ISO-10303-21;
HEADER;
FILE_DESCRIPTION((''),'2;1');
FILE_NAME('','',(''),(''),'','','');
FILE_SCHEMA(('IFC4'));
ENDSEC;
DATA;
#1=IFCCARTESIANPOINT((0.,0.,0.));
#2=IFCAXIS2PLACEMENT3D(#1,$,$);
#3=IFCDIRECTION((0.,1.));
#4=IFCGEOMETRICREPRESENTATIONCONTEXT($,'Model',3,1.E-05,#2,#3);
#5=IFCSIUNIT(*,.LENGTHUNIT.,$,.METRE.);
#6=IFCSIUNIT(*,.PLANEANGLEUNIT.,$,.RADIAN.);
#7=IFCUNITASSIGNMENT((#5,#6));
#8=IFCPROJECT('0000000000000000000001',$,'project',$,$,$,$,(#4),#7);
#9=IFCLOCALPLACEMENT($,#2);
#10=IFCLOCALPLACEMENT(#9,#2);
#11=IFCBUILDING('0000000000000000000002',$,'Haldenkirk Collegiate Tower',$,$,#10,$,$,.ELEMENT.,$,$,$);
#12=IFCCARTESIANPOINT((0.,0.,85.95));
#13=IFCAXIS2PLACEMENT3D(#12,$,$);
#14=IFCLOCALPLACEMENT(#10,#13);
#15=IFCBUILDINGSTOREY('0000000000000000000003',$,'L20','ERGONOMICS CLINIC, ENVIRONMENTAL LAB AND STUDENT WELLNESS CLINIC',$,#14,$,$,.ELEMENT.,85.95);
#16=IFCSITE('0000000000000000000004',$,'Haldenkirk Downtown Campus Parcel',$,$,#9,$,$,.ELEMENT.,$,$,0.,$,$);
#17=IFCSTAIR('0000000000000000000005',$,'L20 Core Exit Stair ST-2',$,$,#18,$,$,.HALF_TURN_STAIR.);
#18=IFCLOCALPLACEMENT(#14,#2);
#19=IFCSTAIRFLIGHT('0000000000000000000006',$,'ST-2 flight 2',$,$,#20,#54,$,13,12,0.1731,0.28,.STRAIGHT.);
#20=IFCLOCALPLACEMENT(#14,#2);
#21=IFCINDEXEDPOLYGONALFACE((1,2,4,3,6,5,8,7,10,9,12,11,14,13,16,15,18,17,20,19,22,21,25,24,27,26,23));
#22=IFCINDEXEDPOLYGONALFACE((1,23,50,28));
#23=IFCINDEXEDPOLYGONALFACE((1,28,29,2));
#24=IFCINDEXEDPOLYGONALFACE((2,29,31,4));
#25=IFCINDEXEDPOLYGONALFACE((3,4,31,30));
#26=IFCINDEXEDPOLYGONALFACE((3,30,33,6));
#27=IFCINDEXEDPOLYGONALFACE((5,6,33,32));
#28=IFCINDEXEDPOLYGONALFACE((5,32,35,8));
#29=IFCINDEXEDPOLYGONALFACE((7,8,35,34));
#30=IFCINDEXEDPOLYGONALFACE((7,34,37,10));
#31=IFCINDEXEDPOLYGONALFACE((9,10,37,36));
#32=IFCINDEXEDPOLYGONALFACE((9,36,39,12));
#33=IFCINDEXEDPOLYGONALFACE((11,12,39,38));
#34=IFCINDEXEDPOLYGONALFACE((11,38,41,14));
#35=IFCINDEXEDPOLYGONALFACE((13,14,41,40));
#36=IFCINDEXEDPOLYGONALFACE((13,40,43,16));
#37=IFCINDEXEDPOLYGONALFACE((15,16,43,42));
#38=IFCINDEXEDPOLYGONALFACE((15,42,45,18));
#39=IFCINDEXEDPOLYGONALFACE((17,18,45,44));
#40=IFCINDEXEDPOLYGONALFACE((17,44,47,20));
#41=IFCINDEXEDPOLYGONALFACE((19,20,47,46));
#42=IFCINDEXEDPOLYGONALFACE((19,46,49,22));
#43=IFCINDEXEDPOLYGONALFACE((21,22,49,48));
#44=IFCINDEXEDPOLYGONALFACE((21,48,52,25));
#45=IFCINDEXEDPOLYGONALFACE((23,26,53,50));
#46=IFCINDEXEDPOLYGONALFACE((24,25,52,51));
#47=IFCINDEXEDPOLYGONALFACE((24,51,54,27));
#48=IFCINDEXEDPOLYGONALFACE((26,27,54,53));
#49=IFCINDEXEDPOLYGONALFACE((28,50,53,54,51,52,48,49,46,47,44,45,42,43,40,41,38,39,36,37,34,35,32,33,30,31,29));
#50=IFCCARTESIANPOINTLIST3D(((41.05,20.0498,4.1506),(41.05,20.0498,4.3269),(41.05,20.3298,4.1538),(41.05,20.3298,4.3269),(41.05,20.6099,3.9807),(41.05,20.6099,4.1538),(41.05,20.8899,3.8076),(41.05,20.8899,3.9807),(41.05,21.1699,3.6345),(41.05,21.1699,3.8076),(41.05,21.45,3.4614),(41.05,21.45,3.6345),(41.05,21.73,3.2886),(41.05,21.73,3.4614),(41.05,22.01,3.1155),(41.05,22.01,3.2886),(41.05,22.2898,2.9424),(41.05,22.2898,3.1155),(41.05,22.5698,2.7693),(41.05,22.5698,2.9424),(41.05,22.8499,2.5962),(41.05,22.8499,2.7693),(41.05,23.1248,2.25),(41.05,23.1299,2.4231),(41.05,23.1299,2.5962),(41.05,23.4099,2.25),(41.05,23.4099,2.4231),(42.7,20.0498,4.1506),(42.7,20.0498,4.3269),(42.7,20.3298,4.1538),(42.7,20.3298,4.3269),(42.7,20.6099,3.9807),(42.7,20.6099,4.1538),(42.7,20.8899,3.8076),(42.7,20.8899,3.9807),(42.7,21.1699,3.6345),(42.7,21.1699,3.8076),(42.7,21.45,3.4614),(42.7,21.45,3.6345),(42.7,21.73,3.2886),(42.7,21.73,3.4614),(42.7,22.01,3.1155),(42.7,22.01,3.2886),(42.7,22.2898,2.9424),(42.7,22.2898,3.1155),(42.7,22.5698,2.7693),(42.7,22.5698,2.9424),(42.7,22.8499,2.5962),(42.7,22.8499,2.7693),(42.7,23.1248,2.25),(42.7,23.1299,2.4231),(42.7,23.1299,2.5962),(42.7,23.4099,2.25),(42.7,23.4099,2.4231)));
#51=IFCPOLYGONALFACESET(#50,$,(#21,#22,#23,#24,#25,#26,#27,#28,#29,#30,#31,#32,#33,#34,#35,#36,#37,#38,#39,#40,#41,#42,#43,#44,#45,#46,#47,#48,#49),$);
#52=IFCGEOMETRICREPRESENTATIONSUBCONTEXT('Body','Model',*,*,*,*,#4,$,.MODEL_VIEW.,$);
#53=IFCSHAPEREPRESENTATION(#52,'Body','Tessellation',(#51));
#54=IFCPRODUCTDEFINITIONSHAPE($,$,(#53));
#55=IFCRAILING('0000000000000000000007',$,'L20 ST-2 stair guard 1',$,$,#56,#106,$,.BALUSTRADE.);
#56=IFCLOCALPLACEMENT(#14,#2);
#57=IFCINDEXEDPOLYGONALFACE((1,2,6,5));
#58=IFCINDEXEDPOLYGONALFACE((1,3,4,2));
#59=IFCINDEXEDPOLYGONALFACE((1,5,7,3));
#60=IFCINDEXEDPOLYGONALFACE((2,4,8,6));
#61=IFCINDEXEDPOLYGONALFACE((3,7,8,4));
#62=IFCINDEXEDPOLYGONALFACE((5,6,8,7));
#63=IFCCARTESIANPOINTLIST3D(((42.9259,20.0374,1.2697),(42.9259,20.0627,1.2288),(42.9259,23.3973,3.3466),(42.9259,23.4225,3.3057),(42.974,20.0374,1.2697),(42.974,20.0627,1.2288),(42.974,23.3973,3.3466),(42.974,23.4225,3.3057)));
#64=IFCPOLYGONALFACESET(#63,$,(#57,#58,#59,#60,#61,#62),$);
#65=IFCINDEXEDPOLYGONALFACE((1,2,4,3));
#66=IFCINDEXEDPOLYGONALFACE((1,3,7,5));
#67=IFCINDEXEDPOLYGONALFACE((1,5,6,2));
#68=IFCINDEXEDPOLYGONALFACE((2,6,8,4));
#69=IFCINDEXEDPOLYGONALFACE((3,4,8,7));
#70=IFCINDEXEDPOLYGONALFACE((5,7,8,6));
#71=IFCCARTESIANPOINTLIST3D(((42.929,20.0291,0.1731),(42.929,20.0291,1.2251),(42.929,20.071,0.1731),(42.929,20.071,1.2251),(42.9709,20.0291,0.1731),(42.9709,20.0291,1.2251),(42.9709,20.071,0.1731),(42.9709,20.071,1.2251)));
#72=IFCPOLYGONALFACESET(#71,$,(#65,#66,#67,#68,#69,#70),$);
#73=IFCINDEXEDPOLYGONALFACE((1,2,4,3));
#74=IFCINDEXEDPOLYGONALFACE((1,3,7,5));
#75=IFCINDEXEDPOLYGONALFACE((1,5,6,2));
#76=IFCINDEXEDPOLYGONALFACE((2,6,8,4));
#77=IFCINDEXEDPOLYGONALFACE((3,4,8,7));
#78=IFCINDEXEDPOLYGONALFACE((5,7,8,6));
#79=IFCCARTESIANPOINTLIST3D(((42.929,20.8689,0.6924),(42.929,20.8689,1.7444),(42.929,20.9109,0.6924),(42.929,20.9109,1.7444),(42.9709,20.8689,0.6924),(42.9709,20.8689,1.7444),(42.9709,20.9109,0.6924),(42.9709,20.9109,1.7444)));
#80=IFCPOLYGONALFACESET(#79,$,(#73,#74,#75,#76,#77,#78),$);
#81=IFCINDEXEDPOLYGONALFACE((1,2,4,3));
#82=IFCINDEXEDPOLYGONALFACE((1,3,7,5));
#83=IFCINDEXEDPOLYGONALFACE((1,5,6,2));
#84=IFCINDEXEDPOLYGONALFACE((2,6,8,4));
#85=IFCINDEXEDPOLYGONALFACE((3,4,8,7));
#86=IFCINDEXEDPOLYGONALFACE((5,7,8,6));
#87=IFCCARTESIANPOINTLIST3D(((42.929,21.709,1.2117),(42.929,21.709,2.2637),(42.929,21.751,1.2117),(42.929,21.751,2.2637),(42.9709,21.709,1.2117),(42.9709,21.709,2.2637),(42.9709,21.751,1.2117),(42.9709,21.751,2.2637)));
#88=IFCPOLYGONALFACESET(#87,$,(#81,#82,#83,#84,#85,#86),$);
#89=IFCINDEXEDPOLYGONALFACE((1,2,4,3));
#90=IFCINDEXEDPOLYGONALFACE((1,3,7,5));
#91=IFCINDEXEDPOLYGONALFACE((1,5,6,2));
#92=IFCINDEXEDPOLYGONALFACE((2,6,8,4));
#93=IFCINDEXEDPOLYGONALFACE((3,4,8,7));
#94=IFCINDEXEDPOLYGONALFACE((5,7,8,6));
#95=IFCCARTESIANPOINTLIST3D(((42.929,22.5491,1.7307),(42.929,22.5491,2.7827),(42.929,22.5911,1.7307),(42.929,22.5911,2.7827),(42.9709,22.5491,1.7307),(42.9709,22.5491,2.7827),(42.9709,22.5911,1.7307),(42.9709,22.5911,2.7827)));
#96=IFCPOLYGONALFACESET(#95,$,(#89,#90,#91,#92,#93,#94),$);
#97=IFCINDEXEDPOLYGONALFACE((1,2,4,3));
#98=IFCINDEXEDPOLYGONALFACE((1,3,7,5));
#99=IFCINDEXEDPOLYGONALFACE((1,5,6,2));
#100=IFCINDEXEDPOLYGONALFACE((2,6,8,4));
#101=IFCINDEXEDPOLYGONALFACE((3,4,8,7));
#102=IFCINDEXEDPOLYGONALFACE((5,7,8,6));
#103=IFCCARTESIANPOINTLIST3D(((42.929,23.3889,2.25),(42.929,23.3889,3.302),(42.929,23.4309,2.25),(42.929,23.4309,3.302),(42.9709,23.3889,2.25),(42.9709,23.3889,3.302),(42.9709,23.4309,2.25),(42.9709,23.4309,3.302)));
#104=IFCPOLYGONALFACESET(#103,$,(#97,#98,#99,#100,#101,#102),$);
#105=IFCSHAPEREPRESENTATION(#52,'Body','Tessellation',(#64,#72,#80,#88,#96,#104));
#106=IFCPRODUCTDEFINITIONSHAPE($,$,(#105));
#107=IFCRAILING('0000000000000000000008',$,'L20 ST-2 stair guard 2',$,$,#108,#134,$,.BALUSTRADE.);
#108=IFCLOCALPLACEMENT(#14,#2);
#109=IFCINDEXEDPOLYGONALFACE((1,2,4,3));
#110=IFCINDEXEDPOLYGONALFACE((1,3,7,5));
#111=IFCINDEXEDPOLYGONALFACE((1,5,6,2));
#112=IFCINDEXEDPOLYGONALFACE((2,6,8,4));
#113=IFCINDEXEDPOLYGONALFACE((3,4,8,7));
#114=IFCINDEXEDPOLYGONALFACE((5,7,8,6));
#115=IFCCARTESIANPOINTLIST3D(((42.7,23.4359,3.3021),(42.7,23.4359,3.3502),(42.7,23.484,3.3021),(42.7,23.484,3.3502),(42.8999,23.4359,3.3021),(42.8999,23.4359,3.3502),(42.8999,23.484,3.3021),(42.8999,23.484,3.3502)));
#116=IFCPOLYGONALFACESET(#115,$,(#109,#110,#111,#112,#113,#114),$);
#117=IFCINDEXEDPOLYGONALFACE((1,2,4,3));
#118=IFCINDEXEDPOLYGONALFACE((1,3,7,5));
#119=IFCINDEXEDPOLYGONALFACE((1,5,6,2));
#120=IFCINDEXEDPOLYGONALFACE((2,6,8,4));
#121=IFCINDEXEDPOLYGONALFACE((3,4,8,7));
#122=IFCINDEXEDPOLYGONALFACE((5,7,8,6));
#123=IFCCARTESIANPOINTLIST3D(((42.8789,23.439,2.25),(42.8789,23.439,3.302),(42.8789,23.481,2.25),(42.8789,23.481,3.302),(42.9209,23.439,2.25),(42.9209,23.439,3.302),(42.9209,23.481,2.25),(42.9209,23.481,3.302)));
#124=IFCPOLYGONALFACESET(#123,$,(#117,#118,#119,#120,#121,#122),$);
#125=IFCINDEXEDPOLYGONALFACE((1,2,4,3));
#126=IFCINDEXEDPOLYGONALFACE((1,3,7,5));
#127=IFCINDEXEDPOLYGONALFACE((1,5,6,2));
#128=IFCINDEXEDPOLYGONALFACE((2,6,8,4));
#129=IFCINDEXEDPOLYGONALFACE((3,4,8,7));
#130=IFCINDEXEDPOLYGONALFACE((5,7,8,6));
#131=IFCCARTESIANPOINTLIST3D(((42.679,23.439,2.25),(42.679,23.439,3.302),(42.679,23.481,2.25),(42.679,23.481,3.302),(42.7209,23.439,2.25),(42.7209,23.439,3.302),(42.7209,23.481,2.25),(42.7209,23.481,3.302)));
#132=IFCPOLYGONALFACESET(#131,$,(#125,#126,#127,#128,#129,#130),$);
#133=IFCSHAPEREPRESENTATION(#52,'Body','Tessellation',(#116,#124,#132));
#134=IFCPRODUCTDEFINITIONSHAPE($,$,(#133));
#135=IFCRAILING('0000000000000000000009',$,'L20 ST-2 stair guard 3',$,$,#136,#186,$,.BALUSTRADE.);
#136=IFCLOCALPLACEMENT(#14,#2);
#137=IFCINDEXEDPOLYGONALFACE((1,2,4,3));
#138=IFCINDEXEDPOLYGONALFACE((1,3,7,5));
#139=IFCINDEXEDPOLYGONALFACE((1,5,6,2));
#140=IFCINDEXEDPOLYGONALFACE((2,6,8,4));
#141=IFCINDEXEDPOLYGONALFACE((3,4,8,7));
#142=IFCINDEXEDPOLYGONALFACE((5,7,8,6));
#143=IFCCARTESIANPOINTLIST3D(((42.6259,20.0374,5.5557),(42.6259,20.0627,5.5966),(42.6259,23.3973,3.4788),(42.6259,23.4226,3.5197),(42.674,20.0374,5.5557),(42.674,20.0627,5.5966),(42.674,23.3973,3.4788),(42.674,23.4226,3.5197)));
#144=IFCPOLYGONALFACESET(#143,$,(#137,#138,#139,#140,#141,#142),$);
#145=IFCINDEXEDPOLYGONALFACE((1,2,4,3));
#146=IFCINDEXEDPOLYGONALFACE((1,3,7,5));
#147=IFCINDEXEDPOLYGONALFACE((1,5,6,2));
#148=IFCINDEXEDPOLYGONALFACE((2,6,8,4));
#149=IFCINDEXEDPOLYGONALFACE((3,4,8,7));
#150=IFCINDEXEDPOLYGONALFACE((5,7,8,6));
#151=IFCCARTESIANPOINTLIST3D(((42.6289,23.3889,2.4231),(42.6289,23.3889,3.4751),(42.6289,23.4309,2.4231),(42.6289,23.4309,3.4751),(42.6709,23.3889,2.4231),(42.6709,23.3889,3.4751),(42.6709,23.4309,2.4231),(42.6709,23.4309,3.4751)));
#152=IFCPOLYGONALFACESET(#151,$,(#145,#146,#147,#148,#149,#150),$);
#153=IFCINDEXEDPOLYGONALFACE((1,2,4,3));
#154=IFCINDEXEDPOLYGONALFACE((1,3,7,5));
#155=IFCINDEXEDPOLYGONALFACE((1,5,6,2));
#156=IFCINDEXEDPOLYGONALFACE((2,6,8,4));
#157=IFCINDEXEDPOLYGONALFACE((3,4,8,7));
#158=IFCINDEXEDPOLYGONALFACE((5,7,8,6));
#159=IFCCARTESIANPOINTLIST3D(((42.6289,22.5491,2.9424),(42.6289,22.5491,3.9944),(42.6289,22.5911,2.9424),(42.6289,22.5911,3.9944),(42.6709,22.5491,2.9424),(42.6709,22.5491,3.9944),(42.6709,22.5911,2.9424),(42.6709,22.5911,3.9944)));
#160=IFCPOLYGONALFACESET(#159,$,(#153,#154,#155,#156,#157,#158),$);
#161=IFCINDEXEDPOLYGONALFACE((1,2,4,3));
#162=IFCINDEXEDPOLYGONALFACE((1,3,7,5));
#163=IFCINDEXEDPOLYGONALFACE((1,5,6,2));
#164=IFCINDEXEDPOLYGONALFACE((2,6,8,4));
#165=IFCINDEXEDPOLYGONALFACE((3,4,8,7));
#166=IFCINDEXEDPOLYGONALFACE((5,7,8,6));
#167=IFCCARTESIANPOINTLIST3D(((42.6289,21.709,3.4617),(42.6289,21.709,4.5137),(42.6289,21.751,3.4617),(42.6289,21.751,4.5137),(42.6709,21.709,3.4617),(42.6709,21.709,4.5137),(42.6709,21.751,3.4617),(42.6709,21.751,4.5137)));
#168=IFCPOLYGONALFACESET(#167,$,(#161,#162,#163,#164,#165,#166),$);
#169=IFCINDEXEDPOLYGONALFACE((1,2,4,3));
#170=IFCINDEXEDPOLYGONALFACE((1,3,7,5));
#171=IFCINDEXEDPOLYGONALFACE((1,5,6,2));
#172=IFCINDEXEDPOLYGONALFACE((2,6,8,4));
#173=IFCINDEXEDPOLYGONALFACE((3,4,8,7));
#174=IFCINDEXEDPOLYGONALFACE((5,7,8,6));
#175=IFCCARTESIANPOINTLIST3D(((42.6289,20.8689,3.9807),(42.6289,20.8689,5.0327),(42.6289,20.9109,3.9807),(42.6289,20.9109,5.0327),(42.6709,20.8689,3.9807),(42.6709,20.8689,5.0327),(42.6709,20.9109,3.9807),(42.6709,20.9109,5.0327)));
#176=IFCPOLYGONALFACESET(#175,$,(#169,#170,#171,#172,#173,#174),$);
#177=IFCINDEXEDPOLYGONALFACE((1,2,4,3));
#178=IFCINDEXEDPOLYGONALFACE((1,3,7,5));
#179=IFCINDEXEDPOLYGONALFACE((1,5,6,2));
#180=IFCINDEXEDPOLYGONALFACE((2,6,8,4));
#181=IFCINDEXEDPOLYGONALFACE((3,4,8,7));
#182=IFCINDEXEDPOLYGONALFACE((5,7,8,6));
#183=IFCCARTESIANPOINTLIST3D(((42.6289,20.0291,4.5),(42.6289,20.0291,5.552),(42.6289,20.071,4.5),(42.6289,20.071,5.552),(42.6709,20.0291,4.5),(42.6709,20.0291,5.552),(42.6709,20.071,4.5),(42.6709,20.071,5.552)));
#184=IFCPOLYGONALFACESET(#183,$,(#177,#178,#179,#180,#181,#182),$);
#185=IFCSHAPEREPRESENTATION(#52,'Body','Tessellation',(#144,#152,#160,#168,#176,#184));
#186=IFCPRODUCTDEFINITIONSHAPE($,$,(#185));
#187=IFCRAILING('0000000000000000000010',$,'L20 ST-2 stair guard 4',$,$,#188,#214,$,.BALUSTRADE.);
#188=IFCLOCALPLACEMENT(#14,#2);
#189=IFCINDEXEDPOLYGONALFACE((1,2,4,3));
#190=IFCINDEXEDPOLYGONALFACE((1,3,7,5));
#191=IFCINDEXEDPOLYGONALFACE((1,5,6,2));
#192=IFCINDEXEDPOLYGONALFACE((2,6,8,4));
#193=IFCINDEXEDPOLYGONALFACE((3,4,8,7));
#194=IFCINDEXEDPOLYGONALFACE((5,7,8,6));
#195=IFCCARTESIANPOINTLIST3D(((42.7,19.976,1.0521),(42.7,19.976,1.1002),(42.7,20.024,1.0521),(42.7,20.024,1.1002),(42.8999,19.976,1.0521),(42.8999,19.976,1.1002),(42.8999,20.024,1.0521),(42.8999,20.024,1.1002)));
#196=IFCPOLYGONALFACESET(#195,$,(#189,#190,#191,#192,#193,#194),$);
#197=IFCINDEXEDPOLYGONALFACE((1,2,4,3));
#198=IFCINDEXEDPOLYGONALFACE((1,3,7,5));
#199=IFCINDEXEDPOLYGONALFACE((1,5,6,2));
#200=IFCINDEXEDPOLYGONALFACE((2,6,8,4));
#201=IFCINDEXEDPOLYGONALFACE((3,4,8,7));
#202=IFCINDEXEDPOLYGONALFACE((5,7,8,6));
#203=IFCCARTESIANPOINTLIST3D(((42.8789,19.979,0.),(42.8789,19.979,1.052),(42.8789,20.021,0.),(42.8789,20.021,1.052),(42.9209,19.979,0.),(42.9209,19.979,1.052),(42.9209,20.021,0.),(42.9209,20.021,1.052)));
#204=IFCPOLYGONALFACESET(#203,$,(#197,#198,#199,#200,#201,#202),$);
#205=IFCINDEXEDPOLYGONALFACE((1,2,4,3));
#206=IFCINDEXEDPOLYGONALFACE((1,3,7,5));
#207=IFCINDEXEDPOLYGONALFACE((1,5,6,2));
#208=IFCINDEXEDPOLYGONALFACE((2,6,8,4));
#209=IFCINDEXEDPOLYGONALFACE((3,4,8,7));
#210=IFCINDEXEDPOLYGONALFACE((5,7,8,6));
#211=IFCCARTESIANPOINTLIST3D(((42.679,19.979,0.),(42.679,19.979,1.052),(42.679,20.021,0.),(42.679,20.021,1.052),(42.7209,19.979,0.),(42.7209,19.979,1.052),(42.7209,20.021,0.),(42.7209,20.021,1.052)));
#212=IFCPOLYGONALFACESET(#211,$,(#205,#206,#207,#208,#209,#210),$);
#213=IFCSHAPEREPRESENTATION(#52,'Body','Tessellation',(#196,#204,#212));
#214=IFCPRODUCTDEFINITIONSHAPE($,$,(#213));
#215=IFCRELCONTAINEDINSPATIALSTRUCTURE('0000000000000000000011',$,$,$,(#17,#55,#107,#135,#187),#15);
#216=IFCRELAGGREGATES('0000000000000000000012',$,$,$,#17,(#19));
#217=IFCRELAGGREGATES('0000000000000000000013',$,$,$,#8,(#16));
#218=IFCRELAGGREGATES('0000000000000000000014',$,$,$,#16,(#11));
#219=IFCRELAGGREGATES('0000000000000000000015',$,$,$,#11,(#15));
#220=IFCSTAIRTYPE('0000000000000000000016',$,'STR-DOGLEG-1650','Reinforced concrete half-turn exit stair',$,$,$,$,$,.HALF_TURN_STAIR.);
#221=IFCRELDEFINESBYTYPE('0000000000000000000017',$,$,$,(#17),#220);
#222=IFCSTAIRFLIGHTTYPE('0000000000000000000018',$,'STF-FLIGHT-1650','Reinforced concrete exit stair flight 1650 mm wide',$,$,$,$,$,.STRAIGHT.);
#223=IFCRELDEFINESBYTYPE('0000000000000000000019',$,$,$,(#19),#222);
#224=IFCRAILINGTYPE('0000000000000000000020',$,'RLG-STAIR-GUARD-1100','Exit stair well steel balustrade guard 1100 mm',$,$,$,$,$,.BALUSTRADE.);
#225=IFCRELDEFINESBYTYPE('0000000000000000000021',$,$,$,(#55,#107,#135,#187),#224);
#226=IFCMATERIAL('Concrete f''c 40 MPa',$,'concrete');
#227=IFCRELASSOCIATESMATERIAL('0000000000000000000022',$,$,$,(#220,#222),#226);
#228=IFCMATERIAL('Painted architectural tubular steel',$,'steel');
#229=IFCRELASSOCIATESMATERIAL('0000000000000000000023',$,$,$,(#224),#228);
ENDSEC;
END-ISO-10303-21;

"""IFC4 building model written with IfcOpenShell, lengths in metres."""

from ifc_helpers import new_model, si_unit, direction, frame, origin, origin_2d, place, context, subcontext, project, spatial, polyline, rectangle, outline, extrude, material, type_object, element, aggregate, save


model = new_model("IFC4")

# Units and contexts
model_context = context("Model", 3, precision=1e-05, world=origin(), true_north=direction((0.0, 1.0)))
body_context = subcontext(model_context, "Body", "Model", "MODEL_VIEW")
ifc_project = project(units=[si_unit("LENGTHUNIT", "METRE"), si_unit("PLANEANGLEUNIT", "RADIAN")], contexts=[model_context])

# Site, building, storey
site_placement = place(None, origin())
site = spatial("IfcSite", under=ifc_project, at=site_placement, Name="Haldenkirk Downtown Campus Parcel", CompositionType="ELEMENT", RefElevation=0.0)
building_placement = place(site_placement, origin())
building = spatial("IfcBuilding", under=site, at=building_placement, Name="Haldenkirk Collegiate Tower", CompositionType="ELEMENT")
storey_placement = place(building_placement, frame((0.0, 0.0, 85.95)))
storey = spatial("IfcBuildingStorey", under=building, at=storey_placement, Name="L20", Description="ERGONOMICS CLINIC, ENVIRONMENTAL LAB AND STUDENT WELLNESS CLINIC", CompositionType="ELEMENT", Elevation=85.95)

# Stair, stair flight
ifc_material_1 = material(Name="Concrete f'c 40 MPa", Category="concrete")
stair_type = type_object("IfcStairType", Name="STR-DOGLEG-1650", Description="Reinforced concrete half-turn exit stair", PredefinedType="HALF_TURN_STAIR", material=ifc_material_1)
stair_placement = place(storey_placement, origin())
stair = element("IfcStair", 1, at=stair_placement, inside=storey, type_object=stair_type, Name="L20 Core Exit Stair ST-2", PredefinedType="HALF_TURN_STAIR")
stair_flight_type = type_object("IfcStairFlightType", Name="STF-FLIGHT-1650", Description="Reinforced concrete exit stair flight 1650 mm wide", PredefinedType="STRAIGHT", material=ifc_material_1)
stair_flight_1_placement = place(storey_placement, frame((41.875, 23.4099, 2.25), z_axis=(0.0, 0.0, 1.0), x_axis=(0.0, -1.0, 0.0)))
stair_flight_1 = element("IfcStairFlight", 2, at=stair_flight_1_placement, type_object=stair_flight_type, Name="ST-2 flight 2", NumberOfRisers=13, NumberOfTreads=12, PredefinedType="STRAIGHT", RiserHeight=0.1731, TreadLength=0.28, context=body_context, shape_type="SweptSolid", body=[
    extrude(outline(polyline([(0.0, 0.0), (0.0, 0.1731), (0.28, 0.1731), (0.28, 0.3462), (0.5601, 0.3462), (0.5601, 0.5193), (0.8401, 0.5193), (0.8401, 0.6924), (1.1201, 0.6924), (1.1201, 0.8655), (1.3999, 0.8655), (1.3999, 1.0386), (1.6799, 1.0386), (1.6799, 1.2114), (1.96, 1.2114), (1.96, 1.3845), (2.24, 1.3845), (2.24, 1.5576), (2.52, 1.5576), (2.52, 1.7307), (2.8, 1.7307), (2.8, 1.9038), (3.0801, 1.9038), (3.0801, 2.0769), (3.3601, 2.0769), (3.3601, 2.25), (3.3601, 1.9006), (0.2852, 0.0), (0.0, 0.0)])), frame((0.0, 0.825, 0.0), z_axis=(0.0, -1.0, 0.0), x_axis=(1.0, 0.0, 0.0)), (0.0, 0.0, 1.0), 1.6499),
])
aggregate(stair, [stair_flight_1])

# Railings
ifc_material_2 = material(Name="Painted architectural tubular steel", Category="steel")
railing_type_1 = type_object("IfcRailingType", Name="RLG-STAIR-GUARD-1100", Description="Exit stair well steel balustrade guard 1100 mm", PredefinedType="BALUSTRADE", material=ifc_material_2)
railing_1_placement = place(storey_placement, frame((42.95, 20.05, 0.1731)))
element("IfcRailing", 3, at=railing_1_placement, inside=storey, type_object=railing_type_1, Name="L20 ST-2 stair guard 1", PredefinedType="BALUSTRADE", context=body_context, shape_type="SweptSolid", body=[
    extrude(rectangle(XDim=0.0481, YDim=0.0481, at=origin_2d()), frame((0.0, 0.0, 1.0762), z_axis=(0.0, 0.850606, 0.525803), x_axis=(-1.0, 0.0, 0.0)), (0.0, 0.0, 1.0), 3.95),
    extrude(rectangle(XDim=0.042, YDim=0.042, at=origin_2d()), origin(), (0.0, 0.0, 1.0), 1.052),
    extrude(rectangle(XDim=0.042, YDim=0.042, at=origin_2d()), frame((0.0, 0.8398, 0.5193)), (0.0, 0.0, 1.0), 1.052),
    extrude(rectangle(XDim=0.042, YDim=0.042, at=origin_2d()), frame((0.0, 1.6799, 1.0386)), (0.0, 0.0, 1.0), 1.052),
    extrude(rectangle(XDim=0.042, YDim=0.042, at=origin_2d()), frame((0.0, 2.52, 1.5576)), (0.0, 0.0, 1.0), 1.052),
    extrude(rectangle(XDim=0.042, YDim=0.042, at=origin_2d()), frame((0.0, 3.3599, 2.0769)), (0.0, 0.0, 1.0), 1.052),
])
railing_2_placement = place(storey_placement, frame((42.8999, 23.46, 2.25)))
element("IfcRailing", 4, at=railing_2_placement, inside=storey, type_object=railing_type_1, Name="L20 ST-2 stair guard 2", PredefinedType="BALUSTRADE", context=body_context, shape_type="SweptSolid", body=[
    extrude(rectangle(XDim=0.0481, YDim=0.0481, at=origin_2d()), frame((0.0, 0.0, 1.0762), z_axis=(-1.0, 0.0, 0.0), x_axis=(0.0, -1.0, 0.0)), (0.0, 0.0, 1.0), 0.2),
    extrude(rectangle(XDim=0.042, YDim=0.042, at=origin_2d()), origin(), (0.0, 0.0, 1.0), 1.052),
    extrude(rectangle(XDim=0.042, YDim=0.042, at=origin_2d()), frame((-0.2, 0.0, 0.0)), (0.0, 0.0, 1.0), 1.052),
])
railing_3_placement = place(storey_placement, frame((42.6499, 23.4099, 2.4231)))
element("IfcRailing", 5, at=railing_3_placement, inside=storey, type_object=railing_type_1, Name="L20 ST-2 stair guard 3", PredefinedType="BALUSTRADE", context=body_context, shape_type="SweptSolid", body=[
    extrude(rectangle(XDim=0.0481, YDim=0.0481, at=origin_2d()), frame((0.0, 0.0, 1.0762), z_axis=(0.0, -0.850606, 0.525803), x_axis=(1.0, 0.0, 0.0)), (0.0, 0.0, 1.0), 3.95),
    extrude(rectangle(XDim=0.042, YDim=0.042, at=origin_2d()), origin(), (0.0, 0.0, 1.0), 1.052),
    extrude(rectangle(XDim=0.042, YDim=0.042, at=origin_2d()), frame((0.0, -0.8398, 0.5193)), (0.0, 0.0, 1.0), 1.052),
    extrude(rectangle(XDim=0.042, YDim=0.042, at=origin_2d()), frame((0.0, -1.6799, 1.0386)), (0.0, 0.0, 1.0), 1.052),
    extrude(rectangle(XDim=0.042, YDim=0.042, at=origin_2d()), frame((0.0, -2.52, 1.5576)), (0.0, 0.0, 1.0), 1.052),
    extrude(rectangle(XDim=0.042, YDim=0.042, at=origin_2d()), frame((0.0, -3.3599, 2.0769)), (0.0, 0.0, 1.0), 1.052),
])
railing_4_placement = place(storey_placement, frame((42.8999, 20.0, 0.0)))
element("IfcRailing", 6, at=railing_4_placement, inside=storey, type_object=railing_type_1, Name="L20 ST-2 stair guard 4", PredefinedType="BALUSTRADE", context=body_context, shape_type="SweptSolid", body=[
    extrude(rectangle(XDim=0.0481, YDim=0.0481, at=origin_2d()), frame((0.0, 0.0, 1.0762), z_axis=(-1.0, 0.0, 0.0), x_axis=(0.0, -1.0, 0.0)), (0.0, 0.0, 1.0), 0.2),
    extrude(rectangle(XDim=0.042, YDim=0.042, at=origin_2d()), origin(), (0.0, 0.0, 1.0), 1.052),
    extrude(rectangle(XDim=0.042, YDim=0.042, at=origin_2d()), frame((-0.2, 0.0, 0.0)), (0.0, 0.0, 1.0), 1.052),
])

save(model, "model.ifc")
